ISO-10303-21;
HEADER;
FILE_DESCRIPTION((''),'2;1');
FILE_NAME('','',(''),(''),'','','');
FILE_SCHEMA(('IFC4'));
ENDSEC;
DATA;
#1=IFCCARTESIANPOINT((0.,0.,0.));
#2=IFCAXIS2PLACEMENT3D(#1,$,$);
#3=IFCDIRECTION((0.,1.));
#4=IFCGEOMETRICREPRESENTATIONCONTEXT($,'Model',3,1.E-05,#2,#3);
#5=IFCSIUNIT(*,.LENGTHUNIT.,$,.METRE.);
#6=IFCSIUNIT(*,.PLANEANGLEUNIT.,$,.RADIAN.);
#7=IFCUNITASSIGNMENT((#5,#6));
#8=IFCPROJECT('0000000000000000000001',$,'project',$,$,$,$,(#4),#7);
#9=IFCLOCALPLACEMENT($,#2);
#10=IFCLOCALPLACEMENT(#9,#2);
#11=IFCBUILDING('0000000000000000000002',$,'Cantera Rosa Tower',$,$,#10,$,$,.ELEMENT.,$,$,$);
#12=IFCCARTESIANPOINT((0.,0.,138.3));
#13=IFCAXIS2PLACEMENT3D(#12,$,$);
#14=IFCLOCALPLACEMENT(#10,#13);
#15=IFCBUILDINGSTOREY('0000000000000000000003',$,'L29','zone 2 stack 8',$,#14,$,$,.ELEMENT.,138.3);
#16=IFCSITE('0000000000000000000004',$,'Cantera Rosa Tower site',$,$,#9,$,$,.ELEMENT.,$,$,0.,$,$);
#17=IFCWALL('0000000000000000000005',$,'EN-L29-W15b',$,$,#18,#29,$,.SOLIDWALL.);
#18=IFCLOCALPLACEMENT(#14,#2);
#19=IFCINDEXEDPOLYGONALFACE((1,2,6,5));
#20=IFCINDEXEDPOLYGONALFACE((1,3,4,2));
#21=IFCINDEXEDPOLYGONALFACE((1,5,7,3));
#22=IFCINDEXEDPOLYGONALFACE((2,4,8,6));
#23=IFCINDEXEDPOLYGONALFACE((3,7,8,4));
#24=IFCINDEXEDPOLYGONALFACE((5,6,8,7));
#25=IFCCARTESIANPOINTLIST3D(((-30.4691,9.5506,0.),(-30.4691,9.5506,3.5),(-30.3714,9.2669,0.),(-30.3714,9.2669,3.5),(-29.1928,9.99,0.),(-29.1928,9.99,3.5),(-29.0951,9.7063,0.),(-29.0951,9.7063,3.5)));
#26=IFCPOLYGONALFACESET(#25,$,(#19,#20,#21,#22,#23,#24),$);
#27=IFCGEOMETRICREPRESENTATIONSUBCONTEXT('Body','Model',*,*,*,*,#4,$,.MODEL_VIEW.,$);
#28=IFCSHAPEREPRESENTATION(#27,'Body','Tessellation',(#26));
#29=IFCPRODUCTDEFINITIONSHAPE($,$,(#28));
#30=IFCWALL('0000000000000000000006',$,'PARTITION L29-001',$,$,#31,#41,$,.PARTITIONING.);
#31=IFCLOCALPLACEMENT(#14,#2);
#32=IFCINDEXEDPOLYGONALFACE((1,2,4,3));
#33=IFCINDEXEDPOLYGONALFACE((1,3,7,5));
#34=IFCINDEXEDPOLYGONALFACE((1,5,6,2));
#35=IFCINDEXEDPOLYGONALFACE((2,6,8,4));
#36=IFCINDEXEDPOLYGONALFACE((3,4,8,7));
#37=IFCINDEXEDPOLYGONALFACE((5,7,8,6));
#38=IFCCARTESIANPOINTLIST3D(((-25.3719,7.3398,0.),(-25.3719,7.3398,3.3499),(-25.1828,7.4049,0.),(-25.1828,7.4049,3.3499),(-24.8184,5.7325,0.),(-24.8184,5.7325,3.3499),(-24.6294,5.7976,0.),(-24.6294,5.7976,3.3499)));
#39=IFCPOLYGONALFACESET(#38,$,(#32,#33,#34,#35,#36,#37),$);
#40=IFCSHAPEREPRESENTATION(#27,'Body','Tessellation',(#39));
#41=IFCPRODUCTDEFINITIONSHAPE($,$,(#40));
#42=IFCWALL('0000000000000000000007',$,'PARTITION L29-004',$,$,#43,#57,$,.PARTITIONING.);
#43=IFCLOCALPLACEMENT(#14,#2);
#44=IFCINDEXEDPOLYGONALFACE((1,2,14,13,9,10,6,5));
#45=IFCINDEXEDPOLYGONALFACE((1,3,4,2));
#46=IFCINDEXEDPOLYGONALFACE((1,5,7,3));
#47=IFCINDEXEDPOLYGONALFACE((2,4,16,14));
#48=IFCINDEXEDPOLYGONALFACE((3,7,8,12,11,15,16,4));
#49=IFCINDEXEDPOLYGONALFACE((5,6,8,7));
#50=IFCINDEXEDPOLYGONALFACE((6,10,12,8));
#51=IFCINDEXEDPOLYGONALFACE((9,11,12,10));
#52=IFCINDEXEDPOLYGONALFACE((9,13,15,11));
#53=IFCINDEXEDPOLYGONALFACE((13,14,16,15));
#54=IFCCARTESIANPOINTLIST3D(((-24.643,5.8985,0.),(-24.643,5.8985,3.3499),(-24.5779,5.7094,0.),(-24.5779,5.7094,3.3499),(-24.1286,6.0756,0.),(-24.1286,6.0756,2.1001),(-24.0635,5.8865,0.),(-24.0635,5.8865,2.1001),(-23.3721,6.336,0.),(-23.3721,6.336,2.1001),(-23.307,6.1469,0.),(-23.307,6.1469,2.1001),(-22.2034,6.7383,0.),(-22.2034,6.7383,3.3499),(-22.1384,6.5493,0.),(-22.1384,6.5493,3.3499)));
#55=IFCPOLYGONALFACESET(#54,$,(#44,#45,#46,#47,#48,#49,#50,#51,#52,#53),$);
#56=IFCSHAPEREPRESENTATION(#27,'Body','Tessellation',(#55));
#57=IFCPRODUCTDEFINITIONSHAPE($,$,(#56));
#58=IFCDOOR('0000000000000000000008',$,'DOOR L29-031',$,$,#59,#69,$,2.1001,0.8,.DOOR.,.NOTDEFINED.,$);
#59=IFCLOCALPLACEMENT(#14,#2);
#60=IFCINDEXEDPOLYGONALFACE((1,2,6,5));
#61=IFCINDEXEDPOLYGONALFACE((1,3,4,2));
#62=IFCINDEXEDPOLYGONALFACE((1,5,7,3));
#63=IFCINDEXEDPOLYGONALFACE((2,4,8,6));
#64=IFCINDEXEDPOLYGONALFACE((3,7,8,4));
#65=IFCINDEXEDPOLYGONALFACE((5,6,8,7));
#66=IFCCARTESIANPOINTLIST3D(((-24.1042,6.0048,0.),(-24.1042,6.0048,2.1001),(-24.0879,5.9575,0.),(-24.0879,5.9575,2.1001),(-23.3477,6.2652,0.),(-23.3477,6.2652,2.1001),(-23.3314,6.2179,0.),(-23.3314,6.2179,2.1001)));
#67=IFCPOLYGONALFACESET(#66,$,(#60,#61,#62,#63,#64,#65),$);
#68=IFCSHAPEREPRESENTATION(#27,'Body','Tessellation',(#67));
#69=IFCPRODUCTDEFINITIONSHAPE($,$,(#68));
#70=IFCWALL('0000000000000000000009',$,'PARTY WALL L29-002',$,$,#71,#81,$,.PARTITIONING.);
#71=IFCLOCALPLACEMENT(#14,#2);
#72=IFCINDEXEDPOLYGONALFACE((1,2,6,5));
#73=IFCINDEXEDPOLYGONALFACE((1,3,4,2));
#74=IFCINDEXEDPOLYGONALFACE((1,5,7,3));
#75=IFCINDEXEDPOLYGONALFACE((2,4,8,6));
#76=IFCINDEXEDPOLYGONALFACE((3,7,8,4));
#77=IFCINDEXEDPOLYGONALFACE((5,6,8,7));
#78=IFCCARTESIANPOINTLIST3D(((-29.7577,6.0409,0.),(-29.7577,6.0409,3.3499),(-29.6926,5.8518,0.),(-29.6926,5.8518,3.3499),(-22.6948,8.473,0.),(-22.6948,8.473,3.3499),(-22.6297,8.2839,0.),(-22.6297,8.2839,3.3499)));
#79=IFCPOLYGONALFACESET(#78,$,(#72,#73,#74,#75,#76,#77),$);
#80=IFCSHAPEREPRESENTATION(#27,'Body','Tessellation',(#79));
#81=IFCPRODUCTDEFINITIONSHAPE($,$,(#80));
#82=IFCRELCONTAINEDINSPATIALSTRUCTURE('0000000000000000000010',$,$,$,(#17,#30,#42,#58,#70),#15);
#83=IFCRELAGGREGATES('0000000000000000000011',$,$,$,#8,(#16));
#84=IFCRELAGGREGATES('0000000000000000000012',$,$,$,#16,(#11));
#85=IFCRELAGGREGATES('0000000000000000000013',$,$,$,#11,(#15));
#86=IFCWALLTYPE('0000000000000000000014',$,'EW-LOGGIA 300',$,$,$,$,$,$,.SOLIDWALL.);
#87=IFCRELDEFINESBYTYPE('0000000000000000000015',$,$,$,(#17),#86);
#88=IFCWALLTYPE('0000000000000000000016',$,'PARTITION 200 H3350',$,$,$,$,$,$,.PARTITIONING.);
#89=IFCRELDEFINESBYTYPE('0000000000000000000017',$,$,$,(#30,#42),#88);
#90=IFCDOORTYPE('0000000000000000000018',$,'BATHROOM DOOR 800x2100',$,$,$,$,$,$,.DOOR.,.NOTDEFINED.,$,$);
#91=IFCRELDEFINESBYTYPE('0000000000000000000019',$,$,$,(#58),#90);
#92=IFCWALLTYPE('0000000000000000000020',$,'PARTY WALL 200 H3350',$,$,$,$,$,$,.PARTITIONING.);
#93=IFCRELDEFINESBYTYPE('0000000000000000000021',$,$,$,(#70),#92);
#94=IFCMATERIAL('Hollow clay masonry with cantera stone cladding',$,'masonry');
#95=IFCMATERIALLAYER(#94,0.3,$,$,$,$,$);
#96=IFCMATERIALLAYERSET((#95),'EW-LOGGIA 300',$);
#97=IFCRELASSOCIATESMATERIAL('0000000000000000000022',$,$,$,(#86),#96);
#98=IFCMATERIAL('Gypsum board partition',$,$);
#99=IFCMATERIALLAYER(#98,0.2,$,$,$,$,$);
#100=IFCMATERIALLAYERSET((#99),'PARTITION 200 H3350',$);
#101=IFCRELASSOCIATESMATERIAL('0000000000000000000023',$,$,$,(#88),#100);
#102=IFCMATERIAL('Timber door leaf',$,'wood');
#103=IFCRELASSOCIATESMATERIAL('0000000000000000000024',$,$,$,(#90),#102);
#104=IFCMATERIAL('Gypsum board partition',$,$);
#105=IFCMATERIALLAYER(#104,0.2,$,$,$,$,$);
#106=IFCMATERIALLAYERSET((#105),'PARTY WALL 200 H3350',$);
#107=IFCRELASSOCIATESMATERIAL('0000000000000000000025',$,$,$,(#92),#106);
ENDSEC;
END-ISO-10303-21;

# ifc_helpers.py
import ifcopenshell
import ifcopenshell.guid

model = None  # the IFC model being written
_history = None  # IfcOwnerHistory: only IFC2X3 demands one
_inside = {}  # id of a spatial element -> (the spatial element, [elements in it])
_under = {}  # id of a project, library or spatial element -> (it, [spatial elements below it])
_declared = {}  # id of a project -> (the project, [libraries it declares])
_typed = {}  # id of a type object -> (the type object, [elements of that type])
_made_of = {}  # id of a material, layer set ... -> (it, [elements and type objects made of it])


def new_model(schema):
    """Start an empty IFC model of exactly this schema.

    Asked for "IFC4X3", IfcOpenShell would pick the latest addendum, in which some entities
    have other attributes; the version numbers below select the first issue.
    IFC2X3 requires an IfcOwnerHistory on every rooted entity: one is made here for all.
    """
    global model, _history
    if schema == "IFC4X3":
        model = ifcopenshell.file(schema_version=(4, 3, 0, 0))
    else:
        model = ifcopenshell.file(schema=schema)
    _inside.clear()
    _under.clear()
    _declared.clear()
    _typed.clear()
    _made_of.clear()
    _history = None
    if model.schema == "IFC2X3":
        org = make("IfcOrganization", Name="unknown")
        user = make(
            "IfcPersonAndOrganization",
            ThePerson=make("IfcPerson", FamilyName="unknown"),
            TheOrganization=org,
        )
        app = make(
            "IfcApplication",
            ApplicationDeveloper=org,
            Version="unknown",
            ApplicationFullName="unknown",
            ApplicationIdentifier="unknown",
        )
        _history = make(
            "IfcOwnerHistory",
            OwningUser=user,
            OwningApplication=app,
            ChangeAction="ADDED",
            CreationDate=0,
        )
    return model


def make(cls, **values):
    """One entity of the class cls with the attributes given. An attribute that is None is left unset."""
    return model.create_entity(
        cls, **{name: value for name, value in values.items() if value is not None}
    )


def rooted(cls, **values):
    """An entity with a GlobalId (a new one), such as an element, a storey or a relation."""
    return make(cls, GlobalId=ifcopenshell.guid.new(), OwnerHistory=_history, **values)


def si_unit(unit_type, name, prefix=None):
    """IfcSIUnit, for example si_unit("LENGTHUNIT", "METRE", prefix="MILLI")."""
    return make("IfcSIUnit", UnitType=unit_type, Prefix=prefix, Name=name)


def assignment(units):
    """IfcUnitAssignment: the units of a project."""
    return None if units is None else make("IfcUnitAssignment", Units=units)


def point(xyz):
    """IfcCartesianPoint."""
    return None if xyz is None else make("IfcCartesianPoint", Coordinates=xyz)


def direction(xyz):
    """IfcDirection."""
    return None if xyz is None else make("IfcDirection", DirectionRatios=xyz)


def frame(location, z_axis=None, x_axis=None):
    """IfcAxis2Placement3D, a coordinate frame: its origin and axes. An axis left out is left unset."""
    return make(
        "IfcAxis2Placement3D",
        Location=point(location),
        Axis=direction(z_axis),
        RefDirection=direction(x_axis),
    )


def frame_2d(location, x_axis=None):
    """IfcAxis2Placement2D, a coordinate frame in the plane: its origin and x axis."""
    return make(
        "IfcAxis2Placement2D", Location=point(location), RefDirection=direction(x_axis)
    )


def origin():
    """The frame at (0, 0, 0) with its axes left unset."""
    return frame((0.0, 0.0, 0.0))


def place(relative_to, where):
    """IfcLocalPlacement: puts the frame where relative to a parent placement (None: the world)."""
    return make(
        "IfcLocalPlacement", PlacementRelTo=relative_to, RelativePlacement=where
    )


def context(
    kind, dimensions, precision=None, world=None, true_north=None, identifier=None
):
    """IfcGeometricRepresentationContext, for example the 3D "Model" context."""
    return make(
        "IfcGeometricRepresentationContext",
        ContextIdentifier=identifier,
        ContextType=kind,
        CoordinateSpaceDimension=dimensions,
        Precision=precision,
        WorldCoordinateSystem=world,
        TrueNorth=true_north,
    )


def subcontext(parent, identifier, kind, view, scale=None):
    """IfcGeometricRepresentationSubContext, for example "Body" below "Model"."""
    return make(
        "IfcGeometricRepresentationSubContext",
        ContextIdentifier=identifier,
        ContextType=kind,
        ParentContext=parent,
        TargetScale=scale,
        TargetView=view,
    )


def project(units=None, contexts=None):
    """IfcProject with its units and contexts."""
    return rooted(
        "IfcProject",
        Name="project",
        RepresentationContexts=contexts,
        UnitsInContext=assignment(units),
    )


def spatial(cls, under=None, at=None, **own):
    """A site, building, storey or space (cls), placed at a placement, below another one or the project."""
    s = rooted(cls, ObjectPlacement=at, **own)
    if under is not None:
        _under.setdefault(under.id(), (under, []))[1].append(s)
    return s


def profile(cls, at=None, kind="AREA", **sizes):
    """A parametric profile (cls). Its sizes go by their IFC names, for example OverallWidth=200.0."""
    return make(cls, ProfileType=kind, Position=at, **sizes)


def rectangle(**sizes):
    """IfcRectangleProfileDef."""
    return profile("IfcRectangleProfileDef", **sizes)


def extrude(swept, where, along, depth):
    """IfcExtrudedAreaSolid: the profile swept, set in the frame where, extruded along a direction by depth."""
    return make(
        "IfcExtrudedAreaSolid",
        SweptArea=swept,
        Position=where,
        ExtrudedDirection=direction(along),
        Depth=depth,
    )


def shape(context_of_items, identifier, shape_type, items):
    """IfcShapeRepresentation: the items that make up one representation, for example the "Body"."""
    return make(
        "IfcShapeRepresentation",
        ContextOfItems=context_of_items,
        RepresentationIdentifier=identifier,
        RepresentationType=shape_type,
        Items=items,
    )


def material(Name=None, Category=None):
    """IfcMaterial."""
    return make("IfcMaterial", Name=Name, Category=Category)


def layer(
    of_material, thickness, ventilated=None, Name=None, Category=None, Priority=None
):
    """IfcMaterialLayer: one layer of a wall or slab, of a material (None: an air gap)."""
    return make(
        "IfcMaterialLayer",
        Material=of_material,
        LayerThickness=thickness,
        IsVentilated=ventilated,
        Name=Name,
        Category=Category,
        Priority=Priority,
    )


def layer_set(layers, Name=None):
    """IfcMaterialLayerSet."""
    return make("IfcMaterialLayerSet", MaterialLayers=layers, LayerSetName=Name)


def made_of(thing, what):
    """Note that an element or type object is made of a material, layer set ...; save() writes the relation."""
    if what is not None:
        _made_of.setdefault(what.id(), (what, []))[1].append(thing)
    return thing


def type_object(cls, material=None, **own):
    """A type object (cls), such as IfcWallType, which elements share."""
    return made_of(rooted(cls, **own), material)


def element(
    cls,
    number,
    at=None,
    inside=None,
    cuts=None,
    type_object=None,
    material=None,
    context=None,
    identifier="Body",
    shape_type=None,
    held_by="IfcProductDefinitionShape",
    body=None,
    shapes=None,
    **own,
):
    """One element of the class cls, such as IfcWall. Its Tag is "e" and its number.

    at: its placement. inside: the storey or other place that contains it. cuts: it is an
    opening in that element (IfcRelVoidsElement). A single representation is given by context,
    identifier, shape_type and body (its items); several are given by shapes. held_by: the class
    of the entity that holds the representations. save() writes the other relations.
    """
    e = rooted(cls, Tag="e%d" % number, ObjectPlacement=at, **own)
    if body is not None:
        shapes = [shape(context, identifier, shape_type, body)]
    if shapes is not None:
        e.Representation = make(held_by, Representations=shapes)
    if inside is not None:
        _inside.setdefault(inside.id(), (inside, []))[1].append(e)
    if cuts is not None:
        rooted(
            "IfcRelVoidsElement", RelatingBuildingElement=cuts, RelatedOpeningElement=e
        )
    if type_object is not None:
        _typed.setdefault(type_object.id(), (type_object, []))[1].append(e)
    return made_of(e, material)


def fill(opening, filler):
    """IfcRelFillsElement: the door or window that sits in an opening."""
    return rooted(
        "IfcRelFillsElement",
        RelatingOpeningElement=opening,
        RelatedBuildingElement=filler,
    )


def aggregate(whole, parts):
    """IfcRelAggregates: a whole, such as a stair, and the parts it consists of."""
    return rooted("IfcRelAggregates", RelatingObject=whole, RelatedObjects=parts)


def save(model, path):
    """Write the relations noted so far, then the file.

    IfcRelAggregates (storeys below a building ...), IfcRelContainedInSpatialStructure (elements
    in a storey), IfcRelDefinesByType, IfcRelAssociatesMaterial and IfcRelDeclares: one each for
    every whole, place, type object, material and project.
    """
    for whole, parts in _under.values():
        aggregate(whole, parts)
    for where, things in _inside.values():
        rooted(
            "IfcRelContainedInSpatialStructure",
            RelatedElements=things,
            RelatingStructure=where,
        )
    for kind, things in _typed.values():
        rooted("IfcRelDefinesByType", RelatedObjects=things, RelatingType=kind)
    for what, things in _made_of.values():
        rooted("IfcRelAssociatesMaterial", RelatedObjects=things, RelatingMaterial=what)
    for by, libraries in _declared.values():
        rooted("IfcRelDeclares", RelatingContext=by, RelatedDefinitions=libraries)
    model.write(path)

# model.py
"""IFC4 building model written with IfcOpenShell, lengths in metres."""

from ifc_helpers import new_model, si_unit, direction, frame, frame_2d, origin, place, context, subcontext, project, spatial, rectangle, extrude, material, layer, layer_set, type_object, element, fill, save


model = new_model("IFC4")

# Units and contexts
model_context = context("Model", 3, precision=1e-05, world=origin(), true_north=direction((0.0, 1.0)))
body_context = subcontext(model_context, "Body", "Model", "MODEL_VIEW")
ifc_project = project(units=[si_unit("LENGTHUNIT", "METRE"), si_unit("PLANEANGLEUNIT", "RADIAN")], contexts=[model_context])

# Site, building, storey
site_placement = place(None, origin())
site = spatial("IfcSite", under=ifc_project, at=site_placement, Name="Cantera Rosa Tower site", CompositionType="ELEMENT", RefElevation=0.0)
building_placement = place(site_placement, origin())
building = spatial("IfcBuilding", under=site, at=building_placement, Name="Cantera Rosa Tower", CompositionType="ELEMENT")
storey_placement = place(building_placement, frame((0.0, 0.0, 138.3)))
storey = spatial("IfcBuildingStorey", under=building, at=storey_placement, Name="L29", Description="zone 2 stack 8", CompositionType="ELEMENT", Elevation=138.3)

# Wall
ifc_material_1 = material(Name="Hollow clay masonry with cantera stone cladding", Category="masonry")
ifc_layer_1 = layer(ifc_material_1, 0.3)
ifc_layer_set_1 = layer_set([ifc_layer_1], Name="EW-LOGGIA 300")
wall_type_1 = type_object("IfcWallType", Name="EW-LOGGIA 300", PredefinedType="SOLIDWALL", material=ifc_layer_set_1)
wall_1_placement = place(storey_placement, frame((-29.144, 9.8481, 0.0), z_axis=(0.0, 0.0, 1.0), x_axis=(-0.945527, -0.325545, 0.0)))
element("IfcWall", 1, at=wall_1_placement, inside=storey, type_object=wall_type_1, Name="EN-L29-W15b", PredefinedType="SOLIDWALL", context=body_context, shape_type="SweptSolid", body=[
    extrude(rectangle(XDim=1.3499, YDim=0.3, at=frame_2d((0.6748, 0.0))), origin(), (0.0, 0.0, 1.0), 3.5),
])

# Wall
ifc_material_2 = material(Name="Gypsum board partition")
ifc_layer_2 = layer(ifc_material_2, 0.2)
ifc_layer_set_2 = layer_set([ifc_layer_2], Name="PARTITION 200 H3350")
wall_type_2 = type_object("IfcWallType", Name="PARTITION 200 H3350", PredefinedType="PARTITIONING", material=ifc_layer_set_2)
wall_2_placement = place(storey_placement, frame((-24.7239, 5.7649, 0.0), z_axis=(0.0, 0.0, 1.0), x_axis=(-0.325561, 0.945521, 0.0)))
element("IfcWall", 2, at=wall_2_placement, inside=storey, type_object=wall_type_2, Name="PARTITION L29-001", PredefinedType="PARTITIONING", context=body_context, shape_type="SweptSolid", body=[
    extrude(rectangle(XDim=1.7, YDim=0.2, at=frame_2d((0.8501, 0.0))), origin(), (0.0, 0.0, 1.0), 3.3499),
])

# Wall, opening, door
wall_3_placement = place(storey_placement, frame((-22.1709, 6.6438, 0.0), z_axis=(0.0, 0.0, 1.0), x_axis=(-0.945534, -0.325524, 0.0)))
wall_3 = element("IfcWall", 3, at=wall_3_placement, inside=storey, type_object=wall_type_2, Name="PARTITION L29-004", PredefinedType="PARTITIONING", context=body_context, shape_type="SweptSolid", body=[
    extrude(rectangle(XDim=2.5801, YDim=0.2, at=frame_2d((1.29, 0.0))), origin(), (0.0, 0.0, 1.0), 3.3499),
])
opening_1_placement = place(wall_3_placement, frame((1.2361, 0.0, 0.0)))
opening_1 = element("IfcOpeningElement", 4, at=opening_1_placement, cuts=wall_3, PredefinedType="OPENING", context=body_context, shape_type="SweptSolid", body=[
    extrude(rectangle(XDim=0.8, YDim=2.1001, at=frame_2d((0.3999, 1.05))), frame((0.0, 0.1099, 0.0), z_axis=(0.0, -1.0, 0.0), x_axis=(1.0, 0.0, 0.0)), (0.0, 0.0, 1.0), 0.22),
])
ifc_material_3 = material(Name="Timber door leaf", Category="wood")
door_type_1 = type_object("IfcDoorType", Name="BATHROOM DOOR 800x2100", OperationType="NOTDEFINED", PredefinedType="DOOR", material=ifc_material_3)
door_1_placement = place(opening_1_placement, origin())
door_1 = element("IfcDoor", 5, at=door_1_placement, inside=storey, type_object=door_type_1, Name="DOOR L29-031", OperationType="NOTDEFINED", OverallHeight=2.1001, OverallWidth=0.8, PredefinedType="DOOR", context=body_context, shape_type="SweptSolid", body=[
    extrude(rectangle(XDim=0.8, YDim=2.1001, at=frame_2d((0.3999, 1.05))), frame((0.0, 0.0249, 0.0), z_axis=(0.0, -1.0, 0.0), x_axis=(1.0, 0.0, 0.0)), (0.0, 0.0, 1.0), 0.05),
])
fill(opening_1, door_1)

# Wall
ifc_material_4 = material(Name="Gypsum board partition")
ifc_layer_3 = layer(ifc_material_4, 0.2)
ifc_layer_set_3 = layer_set([ifc_layer_3], Name="PARTY WALL 200 H3350")
wall_type_3 = type_object("IfcWallType", Name="PARTY WALL 200 H3350", PredefinedType="PARTITIONING", material=ifc_layer_set_3)
wall_4_placement = place(storey_placement, frame((-22.6624, 8.3784, 0.0), z_axis=(0.0, 0.0, 1.0), x_axis=(-0.945513, -0.325586, 0.0)))
element("IfcWall", 6, at=wall_4_placement, inside=storey, type_object=wall_type_3, Name="PARTY WALL L29-002", PredefinedType="PARTITIONING", context=body_context, shape_type="SweptSolid", body=[
    extrude(rectangle(XDim=7.47, YDim=0.2, at=frame_2d((3.7349, 0.0))), origin(), (0.0, 0.0, 1.0), 3.3499),
])

save(model, "model.ifc")
